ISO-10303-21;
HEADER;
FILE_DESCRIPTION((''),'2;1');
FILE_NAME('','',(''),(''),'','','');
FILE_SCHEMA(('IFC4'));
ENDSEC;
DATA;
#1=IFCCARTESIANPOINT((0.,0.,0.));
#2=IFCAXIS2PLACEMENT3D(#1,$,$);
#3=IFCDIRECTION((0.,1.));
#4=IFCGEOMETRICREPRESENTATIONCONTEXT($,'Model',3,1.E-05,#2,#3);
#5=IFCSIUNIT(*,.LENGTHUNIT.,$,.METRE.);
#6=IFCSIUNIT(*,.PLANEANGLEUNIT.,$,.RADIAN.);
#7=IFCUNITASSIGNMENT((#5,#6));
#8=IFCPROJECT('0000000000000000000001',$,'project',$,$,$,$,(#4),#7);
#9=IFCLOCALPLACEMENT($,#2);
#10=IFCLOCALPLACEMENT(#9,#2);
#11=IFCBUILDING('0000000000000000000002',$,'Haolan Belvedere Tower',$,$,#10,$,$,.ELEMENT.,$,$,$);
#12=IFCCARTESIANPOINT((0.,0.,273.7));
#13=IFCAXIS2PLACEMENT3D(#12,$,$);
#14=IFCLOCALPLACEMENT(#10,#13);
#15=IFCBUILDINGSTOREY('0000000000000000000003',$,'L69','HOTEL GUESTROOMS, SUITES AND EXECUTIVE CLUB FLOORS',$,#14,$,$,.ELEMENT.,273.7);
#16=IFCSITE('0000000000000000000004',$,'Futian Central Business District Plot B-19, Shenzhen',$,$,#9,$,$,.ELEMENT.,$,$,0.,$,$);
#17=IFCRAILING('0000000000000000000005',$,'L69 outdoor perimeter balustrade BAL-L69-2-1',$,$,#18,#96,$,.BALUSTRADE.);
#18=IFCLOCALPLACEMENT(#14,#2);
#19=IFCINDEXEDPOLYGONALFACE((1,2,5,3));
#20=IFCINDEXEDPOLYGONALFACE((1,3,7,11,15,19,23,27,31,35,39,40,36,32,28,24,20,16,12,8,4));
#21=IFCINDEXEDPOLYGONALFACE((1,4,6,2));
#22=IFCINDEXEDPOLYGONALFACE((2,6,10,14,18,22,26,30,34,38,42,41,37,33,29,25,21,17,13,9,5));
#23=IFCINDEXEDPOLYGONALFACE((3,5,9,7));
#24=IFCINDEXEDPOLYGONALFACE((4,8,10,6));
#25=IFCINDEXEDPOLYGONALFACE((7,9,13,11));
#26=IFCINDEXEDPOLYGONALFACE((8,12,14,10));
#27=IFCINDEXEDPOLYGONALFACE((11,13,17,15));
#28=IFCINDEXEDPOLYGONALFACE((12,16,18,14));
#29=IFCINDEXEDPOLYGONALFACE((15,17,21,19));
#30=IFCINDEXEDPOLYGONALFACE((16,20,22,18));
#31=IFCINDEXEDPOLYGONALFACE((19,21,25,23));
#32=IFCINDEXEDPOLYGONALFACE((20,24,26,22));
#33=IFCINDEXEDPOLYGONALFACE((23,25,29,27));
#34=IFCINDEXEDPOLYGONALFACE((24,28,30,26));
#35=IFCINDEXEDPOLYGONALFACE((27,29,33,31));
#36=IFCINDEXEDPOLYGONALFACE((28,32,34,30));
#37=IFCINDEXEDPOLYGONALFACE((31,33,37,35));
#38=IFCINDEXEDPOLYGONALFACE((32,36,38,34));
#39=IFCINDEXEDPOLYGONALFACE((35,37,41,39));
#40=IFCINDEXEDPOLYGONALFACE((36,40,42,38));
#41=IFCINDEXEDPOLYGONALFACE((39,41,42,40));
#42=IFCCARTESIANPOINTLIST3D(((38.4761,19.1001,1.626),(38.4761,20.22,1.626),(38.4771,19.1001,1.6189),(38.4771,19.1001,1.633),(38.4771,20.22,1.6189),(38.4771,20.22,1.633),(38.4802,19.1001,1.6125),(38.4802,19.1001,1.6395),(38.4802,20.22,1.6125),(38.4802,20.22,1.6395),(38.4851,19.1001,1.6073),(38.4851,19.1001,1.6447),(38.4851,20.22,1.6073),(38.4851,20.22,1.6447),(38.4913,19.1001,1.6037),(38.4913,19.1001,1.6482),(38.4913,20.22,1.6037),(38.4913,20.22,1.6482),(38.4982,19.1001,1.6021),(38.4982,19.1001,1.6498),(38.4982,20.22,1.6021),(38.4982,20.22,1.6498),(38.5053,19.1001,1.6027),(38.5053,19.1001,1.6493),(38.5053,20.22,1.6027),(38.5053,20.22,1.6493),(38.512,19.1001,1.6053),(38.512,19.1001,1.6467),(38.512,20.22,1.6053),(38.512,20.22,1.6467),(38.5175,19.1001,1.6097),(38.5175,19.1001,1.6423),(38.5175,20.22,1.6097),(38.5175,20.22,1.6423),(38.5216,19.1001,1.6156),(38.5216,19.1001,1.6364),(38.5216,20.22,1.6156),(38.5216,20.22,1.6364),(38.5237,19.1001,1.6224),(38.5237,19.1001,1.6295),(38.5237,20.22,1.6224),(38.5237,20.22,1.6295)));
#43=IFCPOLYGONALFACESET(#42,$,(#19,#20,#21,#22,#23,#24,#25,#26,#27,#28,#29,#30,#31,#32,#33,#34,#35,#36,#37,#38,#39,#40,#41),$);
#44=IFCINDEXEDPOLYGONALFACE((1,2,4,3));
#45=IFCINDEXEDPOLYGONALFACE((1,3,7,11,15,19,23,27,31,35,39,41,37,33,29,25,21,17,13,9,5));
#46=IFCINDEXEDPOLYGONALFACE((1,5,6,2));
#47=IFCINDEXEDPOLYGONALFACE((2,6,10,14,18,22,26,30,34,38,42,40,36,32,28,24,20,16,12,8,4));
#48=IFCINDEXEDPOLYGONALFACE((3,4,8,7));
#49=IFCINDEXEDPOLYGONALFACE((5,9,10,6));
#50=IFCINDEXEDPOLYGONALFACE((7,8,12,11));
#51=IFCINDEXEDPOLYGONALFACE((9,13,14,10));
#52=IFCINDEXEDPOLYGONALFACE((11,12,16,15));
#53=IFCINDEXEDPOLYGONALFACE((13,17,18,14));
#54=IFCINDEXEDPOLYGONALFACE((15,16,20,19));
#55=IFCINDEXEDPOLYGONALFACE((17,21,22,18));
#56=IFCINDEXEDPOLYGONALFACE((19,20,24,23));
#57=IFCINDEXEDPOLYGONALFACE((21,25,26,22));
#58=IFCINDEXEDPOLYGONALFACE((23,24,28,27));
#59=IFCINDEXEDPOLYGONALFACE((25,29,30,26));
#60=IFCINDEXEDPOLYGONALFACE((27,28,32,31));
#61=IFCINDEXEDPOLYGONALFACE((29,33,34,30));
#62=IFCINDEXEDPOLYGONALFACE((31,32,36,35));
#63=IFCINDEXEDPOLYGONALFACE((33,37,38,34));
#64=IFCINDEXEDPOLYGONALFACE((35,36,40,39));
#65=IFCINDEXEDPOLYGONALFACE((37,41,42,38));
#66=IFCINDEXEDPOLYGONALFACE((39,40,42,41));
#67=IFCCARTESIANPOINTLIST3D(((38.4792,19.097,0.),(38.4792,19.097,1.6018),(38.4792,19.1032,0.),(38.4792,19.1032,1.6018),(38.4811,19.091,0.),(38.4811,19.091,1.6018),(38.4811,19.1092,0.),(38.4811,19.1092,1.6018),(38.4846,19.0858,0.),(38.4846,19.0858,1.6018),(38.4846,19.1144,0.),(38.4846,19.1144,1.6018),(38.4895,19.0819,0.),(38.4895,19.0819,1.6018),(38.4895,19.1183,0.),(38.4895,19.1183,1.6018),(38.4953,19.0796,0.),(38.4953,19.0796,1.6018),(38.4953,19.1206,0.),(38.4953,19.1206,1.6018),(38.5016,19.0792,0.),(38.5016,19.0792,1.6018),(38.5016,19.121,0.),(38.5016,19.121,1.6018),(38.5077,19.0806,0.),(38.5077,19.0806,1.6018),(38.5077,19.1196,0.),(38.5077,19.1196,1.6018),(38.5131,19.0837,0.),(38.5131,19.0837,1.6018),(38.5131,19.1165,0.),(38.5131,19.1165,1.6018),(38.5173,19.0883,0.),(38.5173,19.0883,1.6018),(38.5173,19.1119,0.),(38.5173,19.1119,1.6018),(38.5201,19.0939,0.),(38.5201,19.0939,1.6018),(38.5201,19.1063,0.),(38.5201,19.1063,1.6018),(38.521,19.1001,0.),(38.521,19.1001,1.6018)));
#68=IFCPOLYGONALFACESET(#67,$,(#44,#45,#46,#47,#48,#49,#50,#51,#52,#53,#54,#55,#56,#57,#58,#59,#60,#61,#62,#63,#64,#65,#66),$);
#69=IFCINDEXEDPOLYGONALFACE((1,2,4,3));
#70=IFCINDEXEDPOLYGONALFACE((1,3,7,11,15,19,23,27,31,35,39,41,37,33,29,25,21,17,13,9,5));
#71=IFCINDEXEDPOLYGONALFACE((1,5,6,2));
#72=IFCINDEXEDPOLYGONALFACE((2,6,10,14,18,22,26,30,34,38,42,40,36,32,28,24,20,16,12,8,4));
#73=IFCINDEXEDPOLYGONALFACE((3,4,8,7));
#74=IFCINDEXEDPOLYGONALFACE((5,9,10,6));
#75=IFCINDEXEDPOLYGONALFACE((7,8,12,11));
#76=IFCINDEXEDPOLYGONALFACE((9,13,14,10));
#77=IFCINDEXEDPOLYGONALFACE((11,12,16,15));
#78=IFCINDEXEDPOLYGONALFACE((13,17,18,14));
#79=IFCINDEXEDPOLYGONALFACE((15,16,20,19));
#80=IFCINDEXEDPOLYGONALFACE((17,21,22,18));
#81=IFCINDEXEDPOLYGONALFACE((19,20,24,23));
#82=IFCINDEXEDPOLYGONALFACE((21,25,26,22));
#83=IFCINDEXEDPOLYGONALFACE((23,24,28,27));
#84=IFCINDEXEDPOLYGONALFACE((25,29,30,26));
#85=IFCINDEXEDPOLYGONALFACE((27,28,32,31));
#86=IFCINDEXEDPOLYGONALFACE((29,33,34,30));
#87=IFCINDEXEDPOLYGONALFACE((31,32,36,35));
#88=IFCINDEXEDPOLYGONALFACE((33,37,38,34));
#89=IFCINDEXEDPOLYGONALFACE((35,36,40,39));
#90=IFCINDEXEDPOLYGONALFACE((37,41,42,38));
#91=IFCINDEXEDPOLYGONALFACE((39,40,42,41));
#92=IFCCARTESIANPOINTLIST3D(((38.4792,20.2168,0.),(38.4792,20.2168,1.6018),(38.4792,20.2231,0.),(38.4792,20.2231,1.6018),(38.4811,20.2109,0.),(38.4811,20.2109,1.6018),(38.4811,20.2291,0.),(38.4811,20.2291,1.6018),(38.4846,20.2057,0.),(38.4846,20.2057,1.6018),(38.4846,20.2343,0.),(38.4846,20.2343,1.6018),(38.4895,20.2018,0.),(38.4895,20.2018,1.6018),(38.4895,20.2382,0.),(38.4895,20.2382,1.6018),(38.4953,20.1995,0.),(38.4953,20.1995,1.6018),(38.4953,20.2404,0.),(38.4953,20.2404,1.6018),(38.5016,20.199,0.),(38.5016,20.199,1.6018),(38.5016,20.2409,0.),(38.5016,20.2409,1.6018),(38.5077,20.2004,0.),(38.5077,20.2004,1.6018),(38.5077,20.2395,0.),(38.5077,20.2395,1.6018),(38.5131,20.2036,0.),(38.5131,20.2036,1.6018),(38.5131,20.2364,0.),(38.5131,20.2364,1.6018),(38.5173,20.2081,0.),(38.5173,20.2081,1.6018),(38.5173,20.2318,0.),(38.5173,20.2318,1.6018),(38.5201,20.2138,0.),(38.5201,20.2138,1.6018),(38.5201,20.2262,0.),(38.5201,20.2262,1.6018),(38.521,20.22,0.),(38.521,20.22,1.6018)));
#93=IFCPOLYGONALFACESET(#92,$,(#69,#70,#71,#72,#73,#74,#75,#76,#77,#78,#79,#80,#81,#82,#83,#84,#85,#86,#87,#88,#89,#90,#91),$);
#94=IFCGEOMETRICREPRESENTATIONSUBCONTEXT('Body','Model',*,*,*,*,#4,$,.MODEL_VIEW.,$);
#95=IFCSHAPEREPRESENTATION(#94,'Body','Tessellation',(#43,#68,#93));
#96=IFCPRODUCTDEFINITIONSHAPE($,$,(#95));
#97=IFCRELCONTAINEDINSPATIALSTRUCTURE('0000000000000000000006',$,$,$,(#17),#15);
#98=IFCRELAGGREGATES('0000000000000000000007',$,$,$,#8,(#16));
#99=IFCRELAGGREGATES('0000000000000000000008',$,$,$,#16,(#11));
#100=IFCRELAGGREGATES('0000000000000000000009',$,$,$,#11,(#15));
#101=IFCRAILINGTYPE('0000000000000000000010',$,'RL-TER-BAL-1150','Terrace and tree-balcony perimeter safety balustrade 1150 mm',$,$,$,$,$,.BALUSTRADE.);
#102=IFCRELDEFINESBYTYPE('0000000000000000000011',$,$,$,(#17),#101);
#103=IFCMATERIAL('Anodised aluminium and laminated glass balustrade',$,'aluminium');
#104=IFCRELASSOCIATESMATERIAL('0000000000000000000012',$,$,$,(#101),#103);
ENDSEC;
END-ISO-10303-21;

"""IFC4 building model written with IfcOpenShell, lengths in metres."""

from ifc_helpers import new_model, si_unit, direction, frame, origin, origin_2d, place, context, subcontext, project, spatial, circle, extrude, material, type_object, element, save


model = new_model("IFC4")

# Units and contexts
model_context = context("Model", 3, precision=1e-05, world=origin(), true_north=direction((0.0, 1.0)))
body_context = subcontext(model_context, "Body", "Model", "MODEL_VIEW")
ifc_project = project(units=[si_unit("LENGTHUNIT", "METRE"), si_unit("PLANEANGLEUNIT", "RADIAN")], contexts=[model_context])

# Site, building, storey
site_placement = place(None, origin())
site = spatial("IfcSite", under=ifc_project, at=site_placement, Name="Futian Central Business District Plot B-19, Shenzhen", CompositionType="ELEMENT", RefElevation=0.0)
building_placement = place(site_placement, origin())
building = spatial("IfcBuilding", under=site, at=building_placement, Name="Haolan Belvedere Tower", CompositionType="ELEMENT")
storey_placement = place(building_placement, frame((0.0, 0.0, 273.7)))
storey = spatial("IfcBuildingStorey", under=building, at=storey_placement, Name="L69", Description="HOTEL GUESTROOMS, SUITES AND EXECUTIVE CLUB FLOORS", CompositionType="ELEMENT", Elevation=273.7)

# Railing
ifc_material_1 = material(Name="Anodised aluminium and laminated glass balustrade", Category="aluminium")
railing_type = type_object("IfcRailingType", Name="RL-TER-BAL-1150", Description="Terrace and tree-balcony perimeter safety balustrade 1150 mm", PredefinedType="BALUSTRADE", material=ifc_material_1)
railing_1_placement = place(storey_placement, frame((38.5, 19.1001, 0.0)))
element("IfcRailing", 1, at=railing_1_placement, inside=storey, type_object=railing_type, Name="L69 outdoor perimeter balustrade BAL-L69-2-1", PredefinedType="BALUSTRADE", context=body_context, shape_type="SweptSolid", body=[
    extrude(circle(Radius=0.0239, at=origin_2d()), frame((0.0, 0.0, 1.626), z_axis=(0.0, 1.0, 0.0), x_axis=(-1.0, 0.0, 0.0)), (0.0, 0.0, 1.0), 1.1199),
    extrude(circle(Radius=0.021, at=origin_2d()), origin(), (0.0, 0.0, 1.0), 1.6018),
    extrude(circle(Radius=0.021, at=origin_2d()), frame((0.0, 1.1199, 0.0)), (0.0, 0.0, 1.0), 1.6018),
])

save(model, "model.ifc")
